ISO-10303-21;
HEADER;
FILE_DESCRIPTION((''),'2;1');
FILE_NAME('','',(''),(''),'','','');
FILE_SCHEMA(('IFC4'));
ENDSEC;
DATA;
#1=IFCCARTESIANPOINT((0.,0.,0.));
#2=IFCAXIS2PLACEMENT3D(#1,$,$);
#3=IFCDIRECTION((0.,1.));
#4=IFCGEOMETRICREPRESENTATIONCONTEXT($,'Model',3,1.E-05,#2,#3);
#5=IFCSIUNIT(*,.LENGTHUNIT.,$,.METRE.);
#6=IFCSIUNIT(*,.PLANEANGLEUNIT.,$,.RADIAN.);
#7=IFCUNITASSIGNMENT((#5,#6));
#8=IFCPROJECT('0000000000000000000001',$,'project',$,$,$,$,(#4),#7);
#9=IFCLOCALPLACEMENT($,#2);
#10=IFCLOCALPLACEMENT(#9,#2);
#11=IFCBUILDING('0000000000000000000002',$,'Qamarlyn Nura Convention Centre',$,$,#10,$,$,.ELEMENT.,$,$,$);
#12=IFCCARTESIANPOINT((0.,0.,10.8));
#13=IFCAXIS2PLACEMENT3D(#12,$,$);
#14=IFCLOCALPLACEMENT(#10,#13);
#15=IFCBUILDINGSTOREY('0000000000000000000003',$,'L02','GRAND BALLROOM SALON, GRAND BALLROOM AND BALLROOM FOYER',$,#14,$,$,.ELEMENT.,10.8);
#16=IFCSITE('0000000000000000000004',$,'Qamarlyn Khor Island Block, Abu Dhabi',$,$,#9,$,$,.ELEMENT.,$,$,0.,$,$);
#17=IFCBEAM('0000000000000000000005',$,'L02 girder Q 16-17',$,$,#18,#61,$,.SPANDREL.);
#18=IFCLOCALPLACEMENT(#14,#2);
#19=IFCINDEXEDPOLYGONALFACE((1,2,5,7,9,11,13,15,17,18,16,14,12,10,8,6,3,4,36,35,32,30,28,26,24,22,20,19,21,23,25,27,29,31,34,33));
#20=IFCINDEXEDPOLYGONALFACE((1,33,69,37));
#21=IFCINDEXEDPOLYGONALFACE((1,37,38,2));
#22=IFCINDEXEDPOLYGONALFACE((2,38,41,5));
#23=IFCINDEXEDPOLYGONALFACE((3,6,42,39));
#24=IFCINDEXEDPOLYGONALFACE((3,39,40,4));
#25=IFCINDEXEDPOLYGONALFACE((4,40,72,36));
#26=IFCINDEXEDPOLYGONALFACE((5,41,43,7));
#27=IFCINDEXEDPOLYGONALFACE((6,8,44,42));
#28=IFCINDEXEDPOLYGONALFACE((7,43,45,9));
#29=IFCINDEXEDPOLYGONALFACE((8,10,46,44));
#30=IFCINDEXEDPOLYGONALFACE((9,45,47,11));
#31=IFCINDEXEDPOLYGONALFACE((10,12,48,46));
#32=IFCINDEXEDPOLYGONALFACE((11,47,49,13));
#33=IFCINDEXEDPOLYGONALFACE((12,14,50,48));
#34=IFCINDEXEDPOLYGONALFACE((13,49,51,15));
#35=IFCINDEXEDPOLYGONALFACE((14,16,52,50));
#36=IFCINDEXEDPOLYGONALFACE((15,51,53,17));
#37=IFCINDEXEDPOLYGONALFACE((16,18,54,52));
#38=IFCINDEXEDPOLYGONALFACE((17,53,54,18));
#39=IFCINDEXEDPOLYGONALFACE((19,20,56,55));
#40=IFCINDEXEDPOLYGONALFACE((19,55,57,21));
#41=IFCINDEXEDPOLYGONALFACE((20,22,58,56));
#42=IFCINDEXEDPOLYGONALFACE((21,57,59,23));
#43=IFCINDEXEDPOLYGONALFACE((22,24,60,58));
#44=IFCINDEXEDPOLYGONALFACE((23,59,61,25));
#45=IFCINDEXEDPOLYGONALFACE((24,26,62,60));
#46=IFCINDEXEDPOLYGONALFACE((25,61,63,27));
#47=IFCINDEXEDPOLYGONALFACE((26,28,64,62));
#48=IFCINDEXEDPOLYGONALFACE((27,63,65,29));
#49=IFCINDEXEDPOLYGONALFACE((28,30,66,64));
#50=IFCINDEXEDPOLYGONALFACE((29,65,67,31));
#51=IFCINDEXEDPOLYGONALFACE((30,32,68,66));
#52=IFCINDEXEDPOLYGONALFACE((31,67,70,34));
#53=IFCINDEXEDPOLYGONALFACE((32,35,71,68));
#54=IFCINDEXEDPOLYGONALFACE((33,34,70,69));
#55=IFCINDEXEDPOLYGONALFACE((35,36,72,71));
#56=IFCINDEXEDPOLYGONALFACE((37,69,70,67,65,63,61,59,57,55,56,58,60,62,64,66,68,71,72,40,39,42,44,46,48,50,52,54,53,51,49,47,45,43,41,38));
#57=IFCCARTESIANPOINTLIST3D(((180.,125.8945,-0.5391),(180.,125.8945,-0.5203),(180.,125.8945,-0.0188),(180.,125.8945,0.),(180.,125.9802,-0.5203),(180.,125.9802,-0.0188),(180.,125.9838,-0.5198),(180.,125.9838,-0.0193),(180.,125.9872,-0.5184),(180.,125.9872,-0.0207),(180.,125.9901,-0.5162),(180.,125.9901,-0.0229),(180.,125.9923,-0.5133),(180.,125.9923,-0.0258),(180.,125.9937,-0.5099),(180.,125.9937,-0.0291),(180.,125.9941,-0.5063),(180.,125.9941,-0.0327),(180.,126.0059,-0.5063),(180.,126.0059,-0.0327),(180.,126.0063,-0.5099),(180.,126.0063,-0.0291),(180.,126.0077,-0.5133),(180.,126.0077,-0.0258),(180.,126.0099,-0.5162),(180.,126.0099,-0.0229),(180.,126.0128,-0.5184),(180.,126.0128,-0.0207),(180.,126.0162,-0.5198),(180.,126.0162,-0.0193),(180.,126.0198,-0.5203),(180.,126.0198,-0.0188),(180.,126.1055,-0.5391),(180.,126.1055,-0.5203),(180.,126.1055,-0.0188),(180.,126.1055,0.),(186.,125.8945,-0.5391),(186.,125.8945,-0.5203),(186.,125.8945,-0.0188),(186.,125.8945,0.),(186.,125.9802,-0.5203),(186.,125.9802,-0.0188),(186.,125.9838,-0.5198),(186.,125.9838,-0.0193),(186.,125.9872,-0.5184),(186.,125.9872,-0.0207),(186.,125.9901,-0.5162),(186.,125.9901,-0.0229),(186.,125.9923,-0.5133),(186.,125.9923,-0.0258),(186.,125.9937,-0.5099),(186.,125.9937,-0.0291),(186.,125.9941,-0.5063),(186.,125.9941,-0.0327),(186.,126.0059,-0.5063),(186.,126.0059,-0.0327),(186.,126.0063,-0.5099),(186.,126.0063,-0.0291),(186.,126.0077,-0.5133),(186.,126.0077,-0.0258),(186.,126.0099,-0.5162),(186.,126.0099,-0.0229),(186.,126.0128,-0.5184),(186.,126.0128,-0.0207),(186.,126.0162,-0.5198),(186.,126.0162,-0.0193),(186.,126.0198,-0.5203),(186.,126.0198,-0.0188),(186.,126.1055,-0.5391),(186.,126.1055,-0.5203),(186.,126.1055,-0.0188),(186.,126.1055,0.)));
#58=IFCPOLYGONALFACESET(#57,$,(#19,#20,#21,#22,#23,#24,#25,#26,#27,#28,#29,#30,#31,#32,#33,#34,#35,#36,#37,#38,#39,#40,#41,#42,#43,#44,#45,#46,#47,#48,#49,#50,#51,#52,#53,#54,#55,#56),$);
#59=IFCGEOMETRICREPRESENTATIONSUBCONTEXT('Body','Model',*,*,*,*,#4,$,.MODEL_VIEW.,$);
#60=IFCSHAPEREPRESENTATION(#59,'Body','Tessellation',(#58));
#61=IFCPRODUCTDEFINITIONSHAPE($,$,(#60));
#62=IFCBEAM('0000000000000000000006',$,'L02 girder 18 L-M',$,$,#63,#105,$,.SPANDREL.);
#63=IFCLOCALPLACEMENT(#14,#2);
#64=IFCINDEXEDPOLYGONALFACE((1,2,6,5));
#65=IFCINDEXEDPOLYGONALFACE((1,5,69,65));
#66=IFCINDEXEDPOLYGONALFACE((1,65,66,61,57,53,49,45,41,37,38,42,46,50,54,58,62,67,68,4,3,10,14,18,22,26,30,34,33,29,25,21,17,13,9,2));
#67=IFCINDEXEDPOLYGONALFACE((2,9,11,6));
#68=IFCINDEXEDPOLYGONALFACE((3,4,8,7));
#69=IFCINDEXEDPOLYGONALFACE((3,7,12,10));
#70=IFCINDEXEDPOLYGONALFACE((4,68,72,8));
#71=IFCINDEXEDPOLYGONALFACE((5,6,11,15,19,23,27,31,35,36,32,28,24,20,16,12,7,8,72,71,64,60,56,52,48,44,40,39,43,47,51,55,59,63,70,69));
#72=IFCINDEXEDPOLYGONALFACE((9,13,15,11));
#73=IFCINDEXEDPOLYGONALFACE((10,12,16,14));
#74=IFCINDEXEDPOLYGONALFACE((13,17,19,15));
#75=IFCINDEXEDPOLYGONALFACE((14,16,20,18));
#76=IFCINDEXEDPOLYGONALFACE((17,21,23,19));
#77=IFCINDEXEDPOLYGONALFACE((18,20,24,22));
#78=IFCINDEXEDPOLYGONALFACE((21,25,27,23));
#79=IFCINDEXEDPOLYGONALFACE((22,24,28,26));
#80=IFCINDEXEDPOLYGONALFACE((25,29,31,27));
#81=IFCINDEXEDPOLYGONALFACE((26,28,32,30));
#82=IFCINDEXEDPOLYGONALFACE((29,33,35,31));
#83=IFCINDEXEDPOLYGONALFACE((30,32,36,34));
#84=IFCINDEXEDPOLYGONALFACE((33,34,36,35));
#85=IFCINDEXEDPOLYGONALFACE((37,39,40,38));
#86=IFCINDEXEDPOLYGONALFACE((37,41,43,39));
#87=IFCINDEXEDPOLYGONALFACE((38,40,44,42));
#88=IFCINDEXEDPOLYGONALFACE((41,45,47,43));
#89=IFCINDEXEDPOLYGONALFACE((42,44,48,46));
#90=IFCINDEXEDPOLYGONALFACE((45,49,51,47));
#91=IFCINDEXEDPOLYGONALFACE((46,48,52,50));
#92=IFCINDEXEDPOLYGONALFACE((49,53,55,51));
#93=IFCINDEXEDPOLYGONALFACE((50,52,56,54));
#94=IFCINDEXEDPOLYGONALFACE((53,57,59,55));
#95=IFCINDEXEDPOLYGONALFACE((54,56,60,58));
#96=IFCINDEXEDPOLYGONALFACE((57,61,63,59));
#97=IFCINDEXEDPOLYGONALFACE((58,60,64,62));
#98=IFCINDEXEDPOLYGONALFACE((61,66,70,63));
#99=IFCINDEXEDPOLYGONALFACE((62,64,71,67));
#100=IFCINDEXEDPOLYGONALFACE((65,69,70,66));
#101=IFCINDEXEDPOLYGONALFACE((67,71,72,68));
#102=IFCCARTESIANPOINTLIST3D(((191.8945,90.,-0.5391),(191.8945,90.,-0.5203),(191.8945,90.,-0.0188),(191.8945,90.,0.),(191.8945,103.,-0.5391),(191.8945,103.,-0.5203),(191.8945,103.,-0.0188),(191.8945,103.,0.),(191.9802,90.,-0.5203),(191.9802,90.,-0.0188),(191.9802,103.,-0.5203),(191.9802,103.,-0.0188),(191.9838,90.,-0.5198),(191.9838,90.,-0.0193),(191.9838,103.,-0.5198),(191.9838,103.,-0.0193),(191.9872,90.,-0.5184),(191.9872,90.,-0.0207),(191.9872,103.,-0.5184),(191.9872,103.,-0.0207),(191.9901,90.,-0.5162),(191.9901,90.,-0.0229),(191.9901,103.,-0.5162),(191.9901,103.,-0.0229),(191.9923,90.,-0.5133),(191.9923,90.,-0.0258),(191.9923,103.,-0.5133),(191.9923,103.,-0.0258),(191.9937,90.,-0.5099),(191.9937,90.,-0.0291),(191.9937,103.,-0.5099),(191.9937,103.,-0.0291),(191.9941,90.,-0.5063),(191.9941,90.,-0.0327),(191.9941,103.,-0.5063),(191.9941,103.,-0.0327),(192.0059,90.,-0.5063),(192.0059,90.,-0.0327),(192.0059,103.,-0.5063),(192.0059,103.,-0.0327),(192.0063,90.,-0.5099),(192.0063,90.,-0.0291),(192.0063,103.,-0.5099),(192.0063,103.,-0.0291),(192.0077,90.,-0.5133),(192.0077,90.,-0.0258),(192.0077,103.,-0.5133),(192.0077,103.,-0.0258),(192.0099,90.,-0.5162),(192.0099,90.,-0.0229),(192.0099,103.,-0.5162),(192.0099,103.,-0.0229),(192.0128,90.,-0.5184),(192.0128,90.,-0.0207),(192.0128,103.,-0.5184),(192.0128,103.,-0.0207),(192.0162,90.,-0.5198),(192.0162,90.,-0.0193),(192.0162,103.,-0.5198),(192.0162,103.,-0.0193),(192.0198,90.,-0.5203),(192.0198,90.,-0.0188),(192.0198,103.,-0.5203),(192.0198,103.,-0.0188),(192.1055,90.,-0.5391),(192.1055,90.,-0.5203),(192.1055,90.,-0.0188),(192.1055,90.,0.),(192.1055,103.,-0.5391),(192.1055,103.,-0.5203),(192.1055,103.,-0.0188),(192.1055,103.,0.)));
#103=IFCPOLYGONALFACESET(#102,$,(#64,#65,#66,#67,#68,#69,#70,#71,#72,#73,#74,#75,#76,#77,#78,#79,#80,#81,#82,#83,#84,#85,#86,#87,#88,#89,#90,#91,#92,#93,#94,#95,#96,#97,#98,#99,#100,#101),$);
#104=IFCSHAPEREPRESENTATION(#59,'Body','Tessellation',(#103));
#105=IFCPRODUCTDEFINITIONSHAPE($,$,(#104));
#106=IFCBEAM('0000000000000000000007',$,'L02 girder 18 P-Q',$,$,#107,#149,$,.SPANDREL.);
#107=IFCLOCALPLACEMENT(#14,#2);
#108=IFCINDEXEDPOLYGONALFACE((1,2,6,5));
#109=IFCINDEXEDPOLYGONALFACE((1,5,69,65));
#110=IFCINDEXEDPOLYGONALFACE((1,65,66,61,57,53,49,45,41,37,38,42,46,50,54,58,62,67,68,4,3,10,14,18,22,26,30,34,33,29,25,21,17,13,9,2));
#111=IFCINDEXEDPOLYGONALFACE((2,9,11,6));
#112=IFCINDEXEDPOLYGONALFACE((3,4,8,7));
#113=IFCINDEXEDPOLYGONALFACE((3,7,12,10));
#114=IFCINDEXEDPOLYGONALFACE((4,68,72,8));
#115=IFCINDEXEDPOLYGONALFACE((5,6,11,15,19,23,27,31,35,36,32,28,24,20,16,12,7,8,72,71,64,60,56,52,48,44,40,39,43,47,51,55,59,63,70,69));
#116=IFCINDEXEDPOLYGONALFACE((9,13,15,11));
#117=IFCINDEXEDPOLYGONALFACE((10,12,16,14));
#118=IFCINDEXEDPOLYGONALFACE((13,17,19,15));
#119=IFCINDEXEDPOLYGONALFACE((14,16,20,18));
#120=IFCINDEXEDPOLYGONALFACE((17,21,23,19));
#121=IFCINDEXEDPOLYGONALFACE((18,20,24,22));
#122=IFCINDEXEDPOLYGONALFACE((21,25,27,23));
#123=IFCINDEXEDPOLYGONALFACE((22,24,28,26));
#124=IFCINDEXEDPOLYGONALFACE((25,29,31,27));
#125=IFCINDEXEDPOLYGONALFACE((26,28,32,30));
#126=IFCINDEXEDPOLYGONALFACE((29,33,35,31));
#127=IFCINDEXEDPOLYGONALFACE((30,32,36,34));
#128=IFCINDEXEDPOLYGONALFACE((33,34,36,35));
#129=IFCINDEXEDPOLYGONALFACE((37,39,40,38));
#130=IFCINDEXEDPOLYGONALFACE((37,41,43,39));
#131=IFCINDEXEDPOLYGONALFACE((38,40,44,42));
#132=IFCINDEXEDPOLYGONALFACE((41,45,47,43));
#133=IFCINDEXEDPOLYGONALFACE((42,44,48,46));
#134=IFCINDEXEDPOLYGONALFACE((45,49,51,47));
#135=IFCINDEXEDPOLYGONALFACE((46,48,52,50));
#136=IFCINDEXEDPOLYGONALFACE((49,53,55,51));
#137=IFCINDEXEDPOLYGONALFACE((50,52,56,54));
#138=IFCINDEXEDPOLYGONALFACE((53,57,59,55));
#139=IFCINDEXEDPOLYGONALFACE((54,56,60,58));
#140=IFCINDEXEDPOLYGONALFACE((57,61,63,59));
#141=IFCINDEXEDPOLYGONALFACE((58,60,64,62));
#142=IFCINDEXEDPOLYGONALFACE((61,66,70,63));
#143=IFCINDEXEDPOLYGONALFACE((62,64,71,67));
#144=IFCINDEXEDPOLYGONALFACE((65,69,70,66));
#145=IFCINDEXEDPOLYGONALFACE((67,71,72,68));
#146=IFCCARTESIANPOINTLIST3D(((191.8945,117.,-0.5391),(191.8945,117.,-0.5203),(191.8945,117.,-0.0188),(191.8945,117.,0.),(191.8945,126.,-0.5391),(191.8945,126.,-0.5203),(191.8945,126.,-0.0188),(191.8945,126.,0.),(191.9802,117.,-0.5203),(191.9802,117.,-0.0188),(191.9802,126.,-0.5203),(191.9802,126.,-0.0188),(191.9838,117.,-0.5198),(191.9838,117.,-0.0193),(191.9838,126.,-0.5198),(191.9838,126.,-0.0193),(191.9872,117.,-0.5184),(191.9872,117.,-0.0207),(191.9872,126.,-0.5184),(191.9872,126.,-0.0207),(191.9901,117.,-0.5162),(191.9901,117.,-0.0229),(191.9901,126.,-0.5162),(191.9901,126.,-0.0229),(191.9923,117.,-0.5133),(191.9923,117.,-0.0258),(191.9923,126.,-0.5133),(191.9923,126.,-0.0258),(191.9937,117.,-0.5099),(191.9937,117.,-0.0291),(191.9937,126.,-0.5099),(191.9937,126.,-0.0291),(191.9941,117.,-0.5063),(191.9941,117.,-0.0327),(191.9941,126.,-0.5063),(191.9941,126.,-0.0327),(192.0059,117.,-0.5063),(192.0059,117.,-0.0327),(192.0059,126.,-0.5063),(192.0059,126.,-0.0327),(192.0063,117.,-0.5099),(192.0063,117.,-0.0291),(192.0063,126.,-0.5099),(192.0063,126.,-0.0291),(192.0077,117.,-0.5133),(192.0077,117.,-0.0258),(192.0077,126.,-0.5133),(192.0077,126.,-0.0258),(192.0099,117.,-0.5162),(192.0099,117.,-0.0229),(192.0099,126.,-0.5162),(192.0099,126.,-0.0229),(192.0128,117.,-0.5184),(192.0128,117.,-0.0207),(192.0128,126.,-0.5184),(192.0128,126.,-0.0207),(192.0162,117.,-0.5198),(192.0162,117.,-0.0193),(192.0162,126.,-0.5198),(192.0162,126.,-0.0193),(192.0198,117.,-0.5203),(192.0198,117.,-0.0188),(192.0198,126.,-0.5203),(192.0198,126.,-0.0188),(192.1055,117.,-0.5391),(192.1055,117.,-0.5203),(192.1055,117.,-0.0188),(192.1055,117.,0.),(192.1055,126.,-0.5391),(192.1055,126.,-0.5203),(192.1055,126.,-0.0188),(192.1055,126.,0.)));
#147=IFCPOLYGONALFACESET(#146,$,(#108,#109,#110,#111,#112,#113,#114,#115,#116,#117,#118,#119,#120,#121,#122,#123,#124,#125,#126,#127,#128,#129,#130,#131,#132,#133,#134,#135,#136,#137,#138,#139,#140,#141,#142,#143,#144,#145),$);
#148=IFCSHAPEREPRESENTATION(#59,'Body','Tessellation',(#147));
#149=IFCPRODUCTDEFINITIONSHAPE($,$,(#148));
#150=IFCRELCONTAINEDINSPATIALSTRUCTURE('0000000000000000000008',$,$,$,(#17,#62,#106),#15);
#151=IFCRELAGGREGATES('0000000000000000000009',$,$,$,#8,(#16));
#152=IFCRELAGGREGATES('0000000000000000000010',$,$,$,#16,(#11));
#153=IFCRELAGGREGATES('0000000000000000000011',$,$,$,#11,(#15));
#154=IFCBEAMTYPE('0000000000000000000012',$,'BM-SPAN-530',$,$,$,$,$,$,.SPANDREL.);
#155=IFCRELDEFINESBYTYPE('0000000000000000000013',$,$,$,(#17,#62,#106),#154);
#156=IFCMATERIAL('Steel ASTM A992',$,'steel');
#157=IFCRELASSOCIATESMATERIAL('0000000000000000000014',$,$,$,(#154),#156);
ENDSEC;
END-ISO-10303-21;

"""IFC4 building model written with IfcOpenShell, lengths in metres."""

from ifc_helpers import new_model, si_unit, direction, frame, origin, origin_2d, place, context, subcontext, project, spatial, i_section, extrude, material, material_profile, profile_set, type_object, element, save


model = new_model("IFC4")

# Units and contexts
model_context = context("Model", 3, precision=1e-05, world=origin(), true_north=direction((0.0, 1.0)))
body_context = subcontext(model_context, "Body", "Model", "MODEL_VIEW")
ifc_project = project(units=[si_unit("LENGTHUNIT", "METRE"), si_unit("PLANEANGLEUNIT", "RADIAN")], contexts=[model_context])

# Site, building, storey
site_placement = place(None, origin())
site = spatial("IfcSite", under=ifc_project, at=site_placement, Name="Qamarlyn Khor Island Block, Abu Dhabi", CompositionType="ELEMENT", RefElevation=0.0)
building_placement = place(site_placement, origin())
building = spatial("IfcBuilding", under=site, at=building_placement, Name="Qamarlyn Nura Convention Centre", CompositionType="ELEMENT")
storey_placement = place(building_placement, frame((0.0, 0.0, 10.8)))
storey = spatial("IfcBuildingStorey", under=building, at=storey_placement, Name="L02", Description="GRAND BALLROOM SALON, GRAND BALLROOM AND BALLROOM FOYER", CompositionType="ELEMENT", Elevation=10.8)

# Shared definitions
ifc_material_1 = material(Name="Steel ASTM A992", Category="steel")

# Beams
ifc_material_profile_1 = material_profile(ifc_material_1, i_section(OverallWidth=0.2109, OverallDepth=0.5391, WebThickness=0.0117, FlangeThickness=0.0188, FilletRadius=0.0139, at=origin_2d()), Name="W530X109")
ifc_profile_set_1 = profile_set([ifc_material_profile_1], Name="Steel ASTM A992")
beam_type_1 = type_object("IfcBeamType", Name="BM-SPAN-530", PredefinedType="SPANDREL", material=ifc_profile_set_1)
beam_1_placement = place(storey_placement, frame((180.0, 126.0, -0.2695), z_axis=(1.0, 0.0, 0.0), x_axis=(0.0, 1.0, 0.0)))
element("IfcBeam", 1, at=beam_1_placement, inside=storey, type_object=beam_type_1, Name="L02 girder Q 16-17", PredefinedType="SPANDREL", context=body_context, shape_type="SweptSolid", body=[
    extrude(i_section(OverallWidth=0.2109, OverallDepth=0.5391, WebThickness=0.0117, FlangeThickness=0.0188, FilletRadius=0.0139, at=origin_2d()), origin(), (0.0, 0.0, 1.0), 6.0),
])
beam_2_placement = place(storey_placement, frame((192.0, 90.0, -0.2695), z_axis=(0.0, 1.0, 0.0), x_axis=(-1.0, 0.0, 0.0)))
element("IfcBeam", 2, at=beam_2_placement, inside=storey, type_object=beam_type_1, Name="L02 girder 18 L-M", PredefinedType="SPANDREL", context=body_context, shape_type="SweptSolid", body=[
    extrude(i_section(OverallWidth=0.2109, OverallDepth=0.5391, WebThickness=0.0117, FlangeThickness=0.0188, FilletRadius=0.0139, at=origin_2d()), origin(), (0.0, 0.0, 1.0), 13.0),
])
beam_3_placement = place(storey_placement, frame((192.0, 117.0, -0.2695), z_axis=(0.0, 1.0, 0.0), x_axis=(-1.0, 0.0, 0.0)))
element("IfcBeam", 3, at=beam_3_placement, inside=storey, type_object=beam_type_1, Name="L02 girder 18 P-Q", PredefinedType="SPANDREL", context=body_context, shape_type="SweptSolid", body=[
    extrude(i_section(OverallWidth=0.2109, OverallDepth=0.5391, WebThickness=0.0117, FlangeThickness=0.0188, FilletRadius=0.0139, at=origin_2d()), origin(), (0.0, 0.0, 1.0), 9.0),
])

save(model, "model.ifc")
